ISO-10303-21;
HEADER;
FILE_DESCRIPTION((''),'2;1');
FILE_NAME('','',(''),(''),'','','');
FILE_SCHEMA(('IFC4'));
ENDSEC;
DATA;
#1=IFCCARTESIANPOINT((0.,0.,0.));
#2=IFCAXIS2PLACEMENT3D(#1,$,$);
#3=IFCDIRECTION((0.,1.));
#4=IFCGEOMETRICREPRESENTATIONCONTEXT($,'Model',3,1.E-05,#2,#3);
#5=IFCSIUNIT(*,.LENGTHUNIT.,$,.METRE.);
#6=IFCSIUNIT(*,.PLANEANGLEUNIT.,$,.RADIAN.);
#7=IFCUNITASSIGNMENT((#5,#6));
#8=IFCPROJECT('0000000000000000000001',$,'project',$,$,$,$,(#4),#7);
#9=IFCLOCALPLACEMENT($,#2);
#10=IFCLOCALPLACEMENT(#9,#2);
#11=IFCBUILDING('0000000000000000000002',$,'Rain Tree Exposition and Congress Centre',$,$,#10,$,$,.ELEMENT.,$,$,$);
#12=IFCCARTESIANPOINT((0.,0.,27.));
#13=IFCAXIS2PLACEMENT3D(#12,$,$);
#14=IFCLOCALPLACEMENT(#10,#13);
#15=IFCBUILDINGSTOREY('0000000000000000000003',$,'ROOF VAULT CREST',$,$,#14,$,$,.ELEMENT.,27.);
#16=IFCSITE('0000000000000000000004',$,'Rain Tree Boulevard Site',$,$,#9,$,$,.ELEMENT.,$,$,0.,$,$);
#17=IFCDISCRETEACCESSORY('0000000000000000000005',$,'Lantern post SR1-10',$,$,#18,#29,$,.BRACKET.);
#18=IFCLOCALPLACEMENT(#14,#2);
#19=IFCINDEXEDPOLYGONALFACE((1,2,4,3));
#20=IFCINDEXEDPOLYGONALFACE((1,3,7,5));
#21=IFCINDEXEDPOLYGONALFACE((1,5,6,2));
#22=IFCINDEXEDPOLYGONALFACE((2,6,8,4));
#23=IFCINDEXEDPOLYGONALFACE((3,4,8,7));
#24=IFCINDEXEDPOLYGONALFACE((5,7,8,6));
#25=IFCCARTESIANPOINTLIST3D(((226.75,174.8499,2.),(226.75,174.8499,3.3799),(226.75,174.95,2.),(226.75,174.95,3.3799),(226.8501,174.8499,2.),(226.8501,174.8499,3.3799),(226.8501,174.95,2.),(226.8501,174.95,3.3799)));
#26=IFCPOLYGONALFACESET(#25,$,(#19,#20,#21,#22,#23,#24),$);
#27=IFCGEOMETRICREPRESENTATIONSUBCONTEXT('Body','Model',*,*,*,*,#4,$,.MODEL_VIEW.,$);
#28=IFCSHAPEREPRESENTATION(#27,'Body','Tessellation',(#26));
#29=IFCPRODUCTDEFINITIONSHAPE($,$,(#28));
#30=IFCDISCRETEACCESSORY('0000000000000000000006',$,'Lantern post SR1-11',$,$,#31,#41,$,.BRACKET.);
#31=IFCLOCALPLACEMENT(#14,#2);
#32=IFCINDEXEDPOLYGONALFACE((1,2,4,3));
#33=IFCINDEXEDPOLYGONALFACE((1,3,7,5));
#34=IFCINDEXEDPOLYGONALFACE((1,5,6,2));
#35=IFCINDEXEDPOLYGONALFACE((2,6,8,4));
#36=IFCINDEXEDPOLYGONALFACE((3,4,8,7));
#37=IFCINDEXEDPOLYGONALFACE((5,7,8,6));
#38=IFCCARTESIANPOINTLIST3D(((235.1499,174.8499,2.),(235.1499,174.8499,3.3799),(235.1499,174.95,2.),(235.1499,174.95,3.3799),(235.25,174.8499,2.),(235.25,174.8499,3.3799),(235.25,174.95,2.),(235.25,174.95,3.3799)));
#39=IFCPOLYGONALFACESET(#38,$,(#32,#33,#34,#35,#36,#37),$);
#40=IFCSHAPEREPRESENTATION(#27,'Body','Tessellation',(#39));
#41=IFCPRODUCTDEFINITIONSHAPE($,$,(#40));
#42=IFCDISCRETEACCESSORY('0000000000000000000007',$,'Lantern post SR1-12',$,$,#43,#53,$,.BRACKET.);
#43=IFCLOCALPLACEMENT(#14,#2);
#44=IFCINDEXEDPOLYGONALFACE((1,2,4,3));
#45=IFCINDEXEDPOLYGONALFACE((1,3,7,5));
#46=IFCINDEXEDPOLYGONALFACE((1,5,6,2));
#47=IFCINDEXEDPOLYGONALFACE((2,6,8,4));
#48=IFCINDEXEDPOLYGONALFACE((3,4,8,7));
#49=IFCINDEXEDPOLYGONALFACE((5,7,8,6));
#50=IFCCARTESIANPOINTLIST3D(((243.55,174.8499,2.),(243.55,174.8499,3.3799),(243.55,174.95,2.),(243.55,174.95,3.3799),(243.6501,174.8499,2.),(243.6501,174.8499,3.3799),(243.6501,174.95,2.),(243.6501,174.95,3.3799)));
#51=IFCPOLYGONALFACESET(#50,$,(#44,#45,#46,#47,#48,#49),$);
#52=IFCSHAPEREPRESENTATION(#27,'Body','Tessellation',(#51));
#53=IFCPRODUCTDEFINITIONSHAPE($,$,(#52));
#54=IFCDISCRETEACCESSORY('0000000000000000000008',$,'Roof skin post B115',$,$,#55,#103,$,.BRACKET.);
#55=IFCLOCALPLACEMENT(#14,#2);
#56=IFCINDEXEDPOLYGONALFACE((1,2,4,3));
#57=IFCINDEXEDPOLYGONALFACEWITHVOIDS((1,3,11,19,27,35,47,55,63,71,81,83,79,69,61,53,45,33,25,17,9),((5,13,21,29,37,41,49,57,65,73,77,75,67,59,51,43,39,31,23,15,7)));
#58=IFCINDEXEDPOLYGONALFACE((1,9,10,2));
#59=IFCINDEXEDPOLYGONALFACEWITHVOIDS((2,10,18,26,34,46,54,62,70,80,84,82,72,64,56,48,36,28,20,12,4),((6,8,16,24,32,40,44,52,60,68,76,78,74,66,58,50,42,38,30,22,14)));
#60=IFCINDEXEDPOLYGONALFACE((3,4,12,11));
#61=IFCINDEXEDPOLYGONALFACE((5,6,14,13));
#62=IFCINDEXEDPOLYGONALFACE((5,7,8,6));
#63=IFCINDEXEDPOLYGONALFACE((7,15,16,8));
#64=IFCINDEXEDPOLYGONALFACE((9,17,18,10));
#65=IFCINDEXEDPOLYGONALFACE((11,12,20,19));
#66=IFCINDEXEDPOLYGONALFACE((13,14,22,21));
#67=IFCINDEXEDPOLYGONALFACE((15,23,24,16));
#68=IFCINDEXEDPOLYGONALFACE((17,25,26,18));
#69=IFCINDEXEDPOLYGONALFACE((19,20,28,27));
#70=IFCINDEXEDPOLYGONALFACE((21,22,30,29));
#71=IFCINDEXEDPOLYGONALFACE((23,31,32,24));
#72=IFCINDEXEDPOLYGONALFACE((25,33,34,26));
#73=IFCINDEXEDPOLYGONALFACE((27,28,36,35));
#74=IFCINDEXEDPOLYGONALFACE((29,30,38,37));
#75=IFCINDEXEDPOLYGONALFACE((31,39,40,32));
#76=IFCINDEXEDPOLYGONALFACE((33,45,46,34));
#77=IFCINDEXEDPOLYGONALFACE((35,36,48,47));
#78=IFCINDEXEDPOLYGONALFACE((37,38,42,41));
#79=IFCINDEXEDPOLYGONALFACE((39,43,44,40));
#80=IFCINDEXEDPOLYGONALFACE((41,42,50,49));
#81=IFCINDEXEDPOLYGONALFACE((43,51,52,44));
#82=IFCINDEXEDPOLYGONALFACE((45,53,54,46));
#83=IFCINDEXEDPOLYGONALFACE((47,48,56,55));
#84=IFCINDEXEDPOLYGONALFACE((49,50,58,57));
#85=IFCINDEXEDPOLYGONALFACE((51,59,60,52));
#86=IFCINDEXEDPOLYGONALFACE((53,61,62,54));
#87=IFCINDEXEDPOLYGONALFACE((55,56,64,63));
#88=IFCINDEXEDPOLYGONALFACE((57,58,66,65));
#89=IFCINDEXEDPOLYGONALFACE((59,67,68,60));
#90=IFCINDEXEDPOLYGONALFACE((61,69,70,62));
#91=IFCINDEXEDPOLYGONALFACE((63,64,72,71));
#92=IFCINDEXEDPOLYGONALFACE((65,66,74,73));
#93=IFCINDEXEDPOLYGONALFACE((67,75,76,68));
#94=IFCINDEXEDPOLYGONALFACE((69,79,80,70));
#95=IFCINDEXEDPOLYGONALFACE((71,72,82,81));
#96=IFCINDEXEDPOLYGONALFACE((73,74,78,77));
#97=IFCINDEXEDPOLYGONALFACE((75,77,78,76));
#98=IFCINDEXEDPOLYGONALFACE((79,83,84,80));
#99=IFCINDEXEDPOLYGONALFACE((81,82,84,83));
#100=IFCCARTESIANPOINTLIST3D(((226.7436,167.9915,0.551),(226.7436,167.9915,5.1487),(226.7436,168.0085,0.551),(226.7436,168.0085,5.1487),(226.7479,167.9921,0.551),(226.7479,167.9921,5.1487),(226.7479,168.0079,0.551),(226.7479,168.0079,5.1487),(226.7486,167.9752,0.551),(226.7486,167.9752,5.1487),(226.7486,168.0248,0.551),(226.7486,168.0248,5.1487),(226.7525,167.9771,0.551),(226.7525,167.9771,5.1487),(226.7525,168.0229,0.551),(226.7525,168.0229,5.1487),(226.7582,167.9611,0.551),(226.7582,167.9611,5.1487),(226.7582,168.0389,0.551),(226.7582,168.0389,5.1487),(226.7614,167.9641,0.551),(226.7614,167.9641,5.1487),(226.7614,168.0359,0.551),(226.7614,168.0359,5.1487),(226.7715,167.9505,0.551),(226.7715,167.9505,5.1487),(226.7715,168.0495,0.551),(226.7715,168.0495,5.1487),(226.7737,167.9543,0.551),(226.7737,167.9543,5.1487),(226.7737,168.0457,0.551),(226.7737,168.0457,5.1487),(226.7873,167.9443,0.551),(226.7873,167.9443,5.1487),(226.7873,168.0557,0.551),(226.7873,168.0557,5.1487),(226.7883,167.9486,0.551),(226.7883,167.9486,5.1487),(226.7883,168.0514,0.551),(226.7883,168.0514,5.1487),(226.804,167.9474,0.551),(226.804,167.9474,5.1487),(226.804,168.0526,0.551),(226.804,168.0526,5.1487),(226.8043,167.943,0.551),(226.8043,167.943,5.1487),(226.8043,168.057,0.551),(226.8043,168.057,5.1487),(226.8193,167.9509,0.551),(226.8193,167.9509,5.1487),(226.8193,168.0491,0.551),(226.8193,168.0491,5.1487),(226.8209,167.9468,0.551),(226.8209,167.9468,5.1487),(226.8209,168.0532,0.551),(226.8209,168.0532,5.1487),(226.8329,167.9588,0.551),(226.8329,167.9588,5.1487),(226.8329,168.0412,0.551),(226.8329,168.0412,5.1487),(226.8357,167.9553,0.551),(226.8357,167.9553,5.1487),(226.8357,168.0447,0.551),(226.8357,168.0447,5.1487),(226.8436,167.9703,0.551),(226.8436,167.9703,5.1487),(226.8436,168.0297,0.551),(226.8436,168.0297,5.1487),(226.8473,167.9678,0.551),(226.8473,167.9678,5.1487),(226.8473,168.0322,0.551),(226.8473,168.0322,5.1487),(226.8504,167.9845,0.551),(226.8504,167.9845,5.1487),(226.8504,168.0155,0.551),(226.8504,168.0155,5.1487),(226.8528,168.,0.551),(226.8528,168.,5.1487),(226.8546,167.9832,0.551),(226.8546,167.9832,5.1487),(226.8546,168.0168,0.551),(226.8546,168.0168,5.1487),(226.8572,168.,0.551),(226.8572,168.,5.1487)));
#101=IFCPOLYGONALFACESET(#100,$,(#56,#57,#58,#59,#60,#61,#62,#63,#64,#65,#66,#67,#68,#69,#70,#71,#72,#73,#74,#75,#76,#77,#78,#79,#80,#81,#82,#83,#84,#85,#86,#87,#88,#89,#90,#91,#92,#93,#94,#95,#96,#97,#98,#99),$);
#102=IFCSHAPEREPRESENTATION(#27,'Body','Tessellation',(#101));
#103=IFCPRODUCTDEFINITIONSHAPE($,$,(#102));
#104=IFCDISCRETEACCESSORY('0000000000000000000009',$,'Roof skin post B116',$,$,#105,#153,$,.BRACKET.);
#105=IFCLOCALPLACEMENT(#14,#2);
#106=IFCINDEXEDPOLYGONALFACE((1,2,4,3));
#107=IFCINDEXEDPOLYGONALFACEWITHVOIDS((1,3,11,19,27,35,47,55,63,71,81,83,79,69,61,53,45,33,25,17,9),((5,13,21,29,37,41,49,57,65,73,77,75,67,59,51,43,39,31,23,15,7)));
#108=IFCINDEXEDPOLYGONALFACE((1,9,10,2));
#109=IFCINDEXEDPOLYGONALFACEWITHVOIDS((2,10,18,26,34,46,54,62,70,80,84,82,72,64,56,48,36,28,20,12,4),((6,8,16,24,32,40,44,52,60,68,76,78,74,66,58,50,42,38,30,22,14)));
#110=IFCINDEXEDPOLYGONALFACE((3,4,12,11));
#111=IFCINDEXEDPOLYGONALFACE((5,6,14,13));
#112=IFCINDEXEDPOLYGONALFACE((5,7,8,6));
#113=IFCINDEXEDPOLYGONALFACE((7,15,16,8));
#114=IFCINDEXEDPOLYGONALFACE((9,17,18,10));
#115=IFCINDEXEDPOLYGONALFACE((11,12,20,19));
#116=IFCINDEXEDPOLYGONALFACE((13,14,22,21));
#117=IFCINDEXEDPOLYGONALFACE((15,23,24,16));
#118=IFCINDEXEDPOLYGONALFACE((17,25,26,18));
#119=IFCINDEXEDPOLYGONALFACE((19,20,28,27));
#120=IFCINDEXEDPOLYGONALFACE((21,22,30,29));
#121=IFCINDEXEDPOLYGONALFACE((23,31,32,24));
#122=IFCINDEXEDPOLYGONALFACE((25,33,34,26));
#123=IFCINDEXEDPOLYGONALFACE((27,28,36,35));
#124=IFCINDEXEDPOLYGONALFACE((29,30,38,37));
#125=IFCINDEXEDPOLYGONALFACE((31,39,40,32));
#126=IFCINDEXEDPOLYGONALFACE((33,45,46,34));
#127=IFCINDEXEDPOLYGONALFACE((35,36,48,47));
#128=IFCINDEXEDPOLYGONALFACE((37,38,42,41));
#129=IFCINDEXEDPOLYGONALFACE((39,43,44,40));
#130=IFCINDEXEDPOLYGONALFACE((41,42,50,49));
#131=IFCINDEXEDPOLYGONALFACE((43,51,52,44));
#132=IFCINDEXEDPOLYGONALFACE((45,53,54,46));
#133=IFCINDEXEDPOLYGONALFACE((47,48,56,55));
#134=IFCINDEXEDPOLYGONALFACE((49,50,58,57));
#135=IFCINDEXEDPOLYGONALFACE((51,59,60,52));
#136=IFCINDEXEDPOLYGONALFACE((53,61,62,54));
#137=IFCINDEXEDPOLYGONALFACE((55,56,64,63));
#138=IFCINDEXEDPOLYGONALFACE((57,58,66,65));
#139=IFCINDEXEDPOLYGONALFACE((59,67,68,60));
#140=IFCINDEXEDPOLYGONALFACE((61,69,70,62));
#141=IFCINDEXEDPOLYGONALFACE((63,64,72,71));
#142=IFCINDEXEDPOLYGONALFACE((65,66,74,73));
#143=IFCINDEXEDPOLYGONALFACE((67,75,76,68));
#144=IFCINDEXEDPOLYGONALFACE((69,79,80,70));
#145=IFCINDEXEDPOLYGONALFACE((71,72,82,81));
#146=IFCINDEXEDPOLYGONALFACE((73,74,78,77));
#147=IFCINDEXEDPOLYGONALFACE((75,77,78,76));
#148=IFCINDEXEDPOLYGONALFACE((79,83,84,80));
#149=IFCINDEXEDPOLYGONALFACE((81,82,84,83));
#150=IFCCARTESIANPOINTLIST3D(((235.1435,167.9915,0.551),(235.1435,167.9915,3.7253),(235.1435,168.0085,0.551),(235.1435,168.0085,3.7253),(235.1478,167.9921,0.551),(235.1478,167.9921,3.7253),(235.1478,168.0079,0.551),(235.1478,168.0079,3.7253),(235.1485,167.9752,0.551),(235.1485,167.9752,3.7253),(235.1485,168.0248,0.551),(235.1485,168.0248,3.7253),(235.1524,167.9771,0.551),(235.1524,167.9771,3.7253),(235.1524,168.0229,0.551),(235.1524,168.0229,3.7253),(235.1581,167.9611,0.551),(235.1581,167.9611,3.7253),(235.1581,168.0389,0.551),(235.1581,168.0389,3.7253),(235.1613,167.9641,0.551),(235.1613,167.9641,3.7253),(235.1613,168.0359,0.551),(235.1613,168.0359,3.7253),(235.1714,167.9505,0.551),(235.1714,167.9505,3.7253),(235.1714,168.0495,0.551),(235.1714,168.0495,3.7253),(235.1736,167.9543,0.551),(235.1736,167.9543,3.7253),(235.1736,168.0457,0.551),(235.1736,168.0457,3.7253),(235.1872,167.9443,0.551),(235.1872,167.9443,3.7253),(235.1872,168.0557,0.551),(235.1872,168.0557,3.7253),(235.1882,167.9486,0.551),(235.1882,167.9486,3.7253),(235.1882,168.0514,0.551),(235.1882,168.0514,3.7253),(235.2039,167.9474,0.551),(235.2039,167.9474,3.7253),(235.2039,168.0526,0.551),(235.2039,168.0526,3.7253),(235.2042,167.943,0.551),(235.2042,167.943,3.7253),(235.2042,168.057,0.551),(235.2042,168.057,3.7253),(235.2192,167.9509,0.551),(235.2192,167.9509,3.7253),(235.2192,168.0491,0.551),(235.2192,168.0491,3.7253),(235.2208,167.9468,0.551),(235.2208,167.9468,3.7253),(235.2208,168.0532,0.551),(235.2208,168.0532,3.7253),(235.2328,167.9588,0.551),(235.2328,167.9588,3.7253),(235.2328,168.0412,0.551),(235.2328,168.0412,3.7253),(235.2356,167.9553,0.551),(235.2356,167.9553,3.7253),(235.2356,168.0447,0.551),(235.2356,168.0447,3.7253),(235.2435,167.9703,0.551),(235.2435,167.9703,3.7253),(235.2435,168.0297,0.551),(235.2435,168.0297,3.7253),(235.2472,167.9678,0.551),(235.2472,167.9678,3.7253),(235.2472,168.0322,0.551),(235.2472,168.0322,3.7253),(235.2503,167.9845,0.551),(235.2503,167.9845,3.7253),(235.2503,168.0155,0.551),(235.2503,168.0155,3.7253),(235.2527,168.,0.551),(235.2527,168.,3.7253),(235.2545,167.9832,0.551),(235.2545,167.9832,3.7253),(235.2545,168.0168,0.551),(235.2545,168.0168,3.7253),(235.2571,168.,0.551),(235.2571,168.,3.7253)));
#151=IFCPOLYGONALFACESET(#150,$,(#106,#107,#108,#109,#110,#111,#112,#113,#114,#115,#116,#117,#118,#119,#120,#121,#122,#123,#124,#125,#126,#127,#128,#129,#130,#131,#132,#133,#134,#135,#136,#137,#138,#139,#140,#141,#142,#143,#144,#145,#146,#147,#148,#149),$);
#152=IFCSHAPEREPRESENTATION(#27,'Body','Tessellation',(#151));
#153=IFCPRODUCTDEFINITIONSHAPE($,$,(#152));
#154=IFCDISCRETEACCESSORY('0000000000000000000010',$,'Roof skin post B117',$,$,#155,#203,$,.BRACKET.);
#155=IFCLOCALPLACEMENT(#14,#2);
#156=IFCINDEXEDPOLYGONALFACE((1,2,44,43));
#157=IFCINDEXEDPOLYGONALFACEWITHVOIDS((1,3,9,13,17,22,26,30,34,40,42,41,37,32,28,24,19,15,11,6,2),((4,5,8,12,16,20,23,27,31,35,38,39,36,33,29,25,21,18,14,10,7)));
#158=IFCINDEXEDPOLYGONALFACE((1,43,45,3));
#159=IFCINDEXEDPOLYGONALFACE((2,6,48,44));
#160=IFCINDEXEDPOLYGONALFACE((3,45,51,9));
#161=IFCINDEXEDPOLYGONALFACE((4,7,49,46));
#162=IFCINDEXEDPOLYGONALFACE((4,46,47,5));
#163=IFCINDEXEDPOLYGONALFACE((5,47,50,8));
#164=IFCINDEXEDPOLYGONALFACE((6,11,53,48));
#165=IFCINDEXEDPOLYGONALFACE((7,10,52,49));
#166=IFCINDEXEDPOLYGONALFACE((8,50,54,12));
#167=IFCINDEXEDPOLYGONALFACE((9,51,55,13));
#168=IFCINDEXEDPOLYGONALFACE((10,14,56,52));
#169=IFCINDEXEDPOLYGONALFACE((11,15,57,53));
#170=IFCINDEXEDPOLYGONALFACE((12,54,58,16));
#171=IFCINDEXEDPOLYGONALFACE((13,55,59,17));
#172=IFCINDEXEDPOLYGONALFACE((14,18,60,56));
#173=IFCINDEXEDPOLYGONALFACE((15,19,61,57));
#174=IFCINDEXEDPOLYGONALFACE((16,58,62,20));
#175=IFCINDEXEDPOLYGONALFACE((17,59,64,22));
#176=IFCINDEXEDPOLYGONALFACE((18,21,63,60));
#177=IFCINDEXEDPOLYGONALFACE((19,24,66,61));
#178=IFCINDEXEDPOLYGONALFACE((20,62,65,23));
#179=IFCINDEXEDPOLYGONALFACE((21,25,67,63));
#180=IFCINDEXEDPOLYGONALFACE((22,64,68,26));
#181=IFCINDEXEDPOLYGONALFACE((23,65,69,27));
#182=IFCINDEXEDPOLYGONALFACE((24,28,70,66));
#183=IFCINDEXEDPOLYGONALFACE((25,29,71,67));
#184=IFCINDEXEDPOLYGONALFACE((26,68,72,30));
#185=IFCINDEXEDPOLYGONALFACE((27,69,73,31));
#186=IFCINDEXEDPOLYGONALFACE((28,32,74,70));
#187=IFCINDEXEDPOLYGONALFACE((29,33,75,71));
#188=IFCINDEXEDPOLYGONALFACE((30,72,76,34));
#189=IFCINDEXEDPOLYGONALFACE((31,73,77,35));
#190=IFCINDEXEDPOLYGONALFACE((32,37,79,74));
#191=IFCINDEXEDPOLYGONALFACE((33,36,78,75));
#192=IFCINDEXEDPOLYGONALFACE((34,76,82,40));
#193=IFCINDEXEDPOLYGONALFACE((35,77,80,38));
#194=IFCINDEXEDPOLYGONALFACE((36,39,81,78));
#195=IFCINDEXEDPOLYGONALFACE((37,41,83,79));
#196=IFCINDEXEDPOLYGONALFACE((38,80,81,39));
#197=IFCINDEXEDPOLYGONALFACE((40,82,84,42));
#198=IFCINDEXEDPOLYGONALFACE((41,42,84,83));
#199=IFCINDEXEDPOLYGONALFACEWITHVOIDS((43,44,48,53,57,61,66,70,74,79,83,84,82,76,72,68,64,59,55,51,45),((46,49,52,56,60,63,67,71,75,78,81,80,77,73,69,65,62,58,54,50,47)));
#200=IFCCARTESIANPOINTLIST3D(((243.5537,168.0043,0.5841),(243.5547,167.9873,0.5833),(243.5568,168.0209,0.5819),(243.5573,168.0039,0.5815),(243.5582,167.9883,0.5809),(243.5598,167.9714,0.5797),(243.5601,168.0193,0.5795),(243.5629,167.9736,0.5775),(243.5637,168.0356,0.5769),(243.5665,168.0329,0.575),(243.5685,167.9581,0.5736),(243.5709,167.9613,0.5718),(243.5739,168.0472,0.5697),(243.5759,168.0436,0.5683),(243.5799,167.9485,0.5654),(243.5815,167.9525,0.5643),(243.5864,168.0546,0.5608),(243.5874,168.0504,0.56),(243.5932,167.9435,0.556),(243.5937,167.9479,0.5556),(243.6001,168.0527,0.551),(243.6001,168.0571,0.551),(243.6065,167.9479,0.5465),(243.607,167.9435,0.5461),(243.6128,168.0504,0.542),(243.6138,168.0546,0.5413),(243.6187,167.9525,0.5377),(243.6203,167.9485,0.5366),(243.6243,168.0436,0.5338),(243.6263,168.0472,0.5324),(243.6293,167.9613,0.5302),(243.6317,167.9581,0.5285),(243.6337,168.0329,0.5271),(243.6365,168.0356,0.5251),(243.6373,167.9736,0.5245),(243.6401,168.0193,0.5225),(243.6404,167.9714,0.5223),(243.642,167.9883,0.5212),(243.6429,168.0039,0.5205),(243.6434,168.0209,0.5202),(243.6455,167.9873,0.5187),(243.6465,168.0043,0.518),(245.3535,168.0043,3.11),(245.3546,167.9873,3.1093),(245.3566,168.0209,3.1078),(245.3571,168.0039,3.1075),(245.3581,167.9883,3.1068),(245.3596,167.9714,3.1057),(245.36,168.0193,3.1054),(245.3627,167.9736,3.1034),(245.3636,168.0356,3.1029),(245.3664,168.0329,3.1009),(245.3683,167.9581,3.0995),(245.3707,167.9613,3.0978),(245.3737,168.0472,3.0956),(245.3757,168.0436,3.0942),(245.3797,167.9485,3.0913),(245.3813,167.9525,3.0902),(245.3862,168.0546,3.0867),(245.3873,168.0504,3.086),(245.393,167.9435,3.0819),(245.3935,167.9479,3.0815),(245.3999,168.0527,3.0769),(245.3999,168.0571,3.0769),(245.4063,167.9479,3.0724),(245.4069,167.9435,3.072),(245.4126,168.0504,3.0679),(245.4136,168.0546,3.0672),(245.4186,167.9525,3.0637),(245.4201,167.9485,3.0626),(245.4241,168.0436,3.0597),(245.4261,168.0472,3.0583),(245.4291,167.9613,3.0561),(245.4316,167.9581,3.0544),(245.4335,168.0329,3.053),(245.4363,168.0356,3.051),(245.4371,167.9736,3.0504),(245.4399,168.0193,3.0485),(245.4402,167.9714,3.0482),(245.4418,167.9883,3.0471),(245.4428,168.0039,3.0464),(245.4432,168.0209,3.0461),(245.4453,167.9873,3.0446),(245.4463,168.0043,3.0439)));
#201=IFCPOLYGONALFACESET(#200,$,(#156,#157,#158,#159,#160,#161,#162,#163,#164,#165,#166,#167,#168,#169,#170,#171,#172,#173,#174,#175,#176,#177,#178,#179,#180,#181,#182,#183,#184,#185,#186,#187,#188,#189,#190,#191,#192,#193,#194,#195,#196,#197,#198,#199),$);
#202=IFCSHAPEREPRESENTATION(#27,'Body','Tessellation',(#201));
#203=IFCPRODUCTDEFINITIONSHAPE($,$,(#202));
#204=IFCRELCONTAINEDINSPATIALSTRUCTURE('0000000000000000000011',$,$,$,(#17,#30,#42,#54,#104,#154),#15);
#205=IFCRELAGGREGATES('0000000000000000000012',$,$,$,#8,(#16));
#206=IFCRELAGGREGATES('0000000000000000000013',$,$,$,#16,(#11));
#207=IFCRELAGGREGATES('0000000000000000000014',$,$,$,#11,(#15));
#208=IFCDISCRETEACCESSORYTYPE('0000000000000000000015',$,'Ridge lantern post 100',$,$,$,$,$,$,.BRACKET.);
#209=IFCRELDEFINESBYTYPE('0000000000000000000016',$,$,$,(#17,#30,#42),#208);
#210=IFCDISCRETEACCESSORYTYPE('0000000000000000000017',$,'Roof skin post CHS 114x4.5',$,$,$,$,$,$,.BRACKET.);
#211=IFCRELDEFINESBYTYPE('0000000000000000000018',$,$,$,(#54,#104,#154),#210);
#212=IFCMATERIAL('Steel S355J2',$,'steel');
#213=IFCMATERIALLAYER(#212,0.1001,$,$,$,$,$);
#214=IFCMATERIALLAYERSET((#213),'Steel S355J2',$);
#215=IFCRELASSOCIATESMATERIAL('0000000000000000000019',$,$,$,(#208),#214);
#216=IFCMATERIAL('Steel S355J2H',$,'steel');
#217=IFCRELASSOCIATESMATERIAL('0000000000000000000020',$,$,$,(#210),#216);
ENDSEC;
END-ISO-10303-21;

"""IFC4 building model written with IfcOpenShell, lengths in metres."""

from ifc_helpers import new_model, si_unit, direction, frame, origin, origin_2d, place, context, subcontext, project, spatial, rectangle, hollow_circle, extrude, material, layer, layer_set, material_profile, profile_set, type_object, element, save


model = new_model("IFC4")

# Units and contexts
model_context = context("Model", 3, precision=1e-05, world=origin(), true_north=direction((0.0, 1.0)))
body_context = subcontext(model_context, "Body", "Model", "MODEL_VIEW")
ifc_project = project(units=[si_unit("LENGTHUNIT", "METRE"), si_unit("PLANEANGLEUNIT", "RADIAN")], contexts=[model_context])

# Site, building, storey
site_placement = place(None, origin())
site = spatial("IfcSite", under=ifc_project, at=site_placement, Name="Rain Tree Boulevard Site", CompositionType="ELEMENT", RefElevation=0.0)
building_placement = place(site_placement, origin())
building = spatial("IfcBuilding", under=site, at=building_placement, Name="Rain Tree Exposition and Congress Centre", CompositionType="ELEMENT")
storey_placement = place(building_placement, frame((0.0, 0.0, 27.0)))
storey = spatial("IfcBuildingStorey", under=building, at=storey_placement, Name="ROOF VAULT CREST", CompositionType="ELEMENT", Elevation=27.0)

# Discrete accessories
ifc_material_1 = material(Name="Steel S355J2", Category="steel")
ifc_layer_1 = layer(ifc_material_1, 0.1001)
ifc_layer_set_1 = layer_set([ifc_layer_1], Name="Steel S355J2")
discrete_accessory_type_1 = type_object("IfcDiscreteAccessoryType", Name="Ridge lantern post 100", PredefinedType="BRACKET", material=ifc_layer_set_1)
for number, where, z_axis, x_axis, name in (
    (1, (226.8, 174.8999, 2.0), (0.0, 0.0, 1.0), (1.0, 0.0, 0.0), "Lantern post SR1-10"),
    (2, (235.2, 174.8999, 2.0), (0.0, 0.0, 1.0), (1.0, 0.0, 0.0), "Lantern post SR1-11"),
    (3, (243.6001, 174.8999, 2.0), (0.0, 0.0, 1.0), (1.0, 0.0, 0.0), "Lantern post SR1-12"),
):
    element("IfcDiscreteAccessory", number, at=place(storey_placement, frame(where, z_axis=z_axis, x_axis=x_axis)), inside=storey, type_object=discrete_accessory_type_1, Name=name, PredefinedType="BRACKET", context=body_context, shape_type="SweptSolid", body=[
        extrude(rectangle(XDim=0.1001, YDim=0.1001, at=origin_2d()), origin(), (0.0, 0.0, 1.0), 1.3799),
    ])
ifc_material_2 = material(Name="Steel S355J2H", Category="steel")
ifc_material_profile_1 = material_profile(ifc_material_2, hollow_circle(Radius=0.0571, WallThickness=0.0044, at=origin_2d()), Name="CHS 114x4.5")
ifc_profile_set_1 = profile_set([ifc_material_profile_1], Name="Steel S355J2H")
discrete_accessory_type_2 = type_object("IfcDiscreteAccessoryType", Name="Roof skin post CHS 114x4.5", PredefinedType="BRACKET", material=ifc_profile_set_1)
discrete_accessory_1_placement = place(storey_placement, frame((226.8, 168.0, 0.551), z_axis=(0.0, 0.0, 1.0), x_axis=(1.0, 0.0, 0.0)))
element("IfcDiscreteAccessory", 4, at=discrete_accessory_1_placement, inside=storey, type_object=discrete_accessory_type_2, Name="Roof skin post B115", PredefinedType="BRACKET", context=body_context, shape_type="SweptSolid", body=[
    extrude(hollow_circle(Radius=0.0571, WallThickness=0.0044, at=origin_2d()), origin(), (0.0, 0.0, 1.0), 4.5977),
])
discrete_accessory_2_placement = place(storey_placement, frame((235.2, 168.0, 0.551), z_axis=(0.0, 0.0, 1.0), x_axis=(1.0, 0.0, 0.0)))
element("IfcDiscreteAccessory", 5, at=discrete_accessory_2_placement, inside=storey, type_object=discrete_accessory_type_2, Name="Roof skin post B116", PredefinedType="BRACKET", context=body_context, shape_type="SweptSolid", body=[
    extrude(hollow_circle(Radius=0.0571, WallThickness=0.0044, at=origin_2d()), origin(), (0.0, 0.0, 1.0), 3.1743),
])
discrete_accessory_3_placement = place(storey_placement, frame((243.6001, 168.0, 0.551), z_axis=(0.5803, 0.0, 0.814403), x_axis=(0.0, 1.0, 0.0)))
element("IfcDiscreteAccessory", 6, at=discrete_accessory_3_placement, inside=storey, type_object=discrete_accessory_type_2, Name="Roof skin post B117", PredefinedType="BRACKET", context=body_context, shape_type="SweptSolid", body=[
    extrude(hollow_circle(Radius=0.0571, WallThickness=0.0044, at=origin_2d()), origin(), (0.0, 0.0, 1.0), 3.1016),
])

save(model, "model.ifc")
